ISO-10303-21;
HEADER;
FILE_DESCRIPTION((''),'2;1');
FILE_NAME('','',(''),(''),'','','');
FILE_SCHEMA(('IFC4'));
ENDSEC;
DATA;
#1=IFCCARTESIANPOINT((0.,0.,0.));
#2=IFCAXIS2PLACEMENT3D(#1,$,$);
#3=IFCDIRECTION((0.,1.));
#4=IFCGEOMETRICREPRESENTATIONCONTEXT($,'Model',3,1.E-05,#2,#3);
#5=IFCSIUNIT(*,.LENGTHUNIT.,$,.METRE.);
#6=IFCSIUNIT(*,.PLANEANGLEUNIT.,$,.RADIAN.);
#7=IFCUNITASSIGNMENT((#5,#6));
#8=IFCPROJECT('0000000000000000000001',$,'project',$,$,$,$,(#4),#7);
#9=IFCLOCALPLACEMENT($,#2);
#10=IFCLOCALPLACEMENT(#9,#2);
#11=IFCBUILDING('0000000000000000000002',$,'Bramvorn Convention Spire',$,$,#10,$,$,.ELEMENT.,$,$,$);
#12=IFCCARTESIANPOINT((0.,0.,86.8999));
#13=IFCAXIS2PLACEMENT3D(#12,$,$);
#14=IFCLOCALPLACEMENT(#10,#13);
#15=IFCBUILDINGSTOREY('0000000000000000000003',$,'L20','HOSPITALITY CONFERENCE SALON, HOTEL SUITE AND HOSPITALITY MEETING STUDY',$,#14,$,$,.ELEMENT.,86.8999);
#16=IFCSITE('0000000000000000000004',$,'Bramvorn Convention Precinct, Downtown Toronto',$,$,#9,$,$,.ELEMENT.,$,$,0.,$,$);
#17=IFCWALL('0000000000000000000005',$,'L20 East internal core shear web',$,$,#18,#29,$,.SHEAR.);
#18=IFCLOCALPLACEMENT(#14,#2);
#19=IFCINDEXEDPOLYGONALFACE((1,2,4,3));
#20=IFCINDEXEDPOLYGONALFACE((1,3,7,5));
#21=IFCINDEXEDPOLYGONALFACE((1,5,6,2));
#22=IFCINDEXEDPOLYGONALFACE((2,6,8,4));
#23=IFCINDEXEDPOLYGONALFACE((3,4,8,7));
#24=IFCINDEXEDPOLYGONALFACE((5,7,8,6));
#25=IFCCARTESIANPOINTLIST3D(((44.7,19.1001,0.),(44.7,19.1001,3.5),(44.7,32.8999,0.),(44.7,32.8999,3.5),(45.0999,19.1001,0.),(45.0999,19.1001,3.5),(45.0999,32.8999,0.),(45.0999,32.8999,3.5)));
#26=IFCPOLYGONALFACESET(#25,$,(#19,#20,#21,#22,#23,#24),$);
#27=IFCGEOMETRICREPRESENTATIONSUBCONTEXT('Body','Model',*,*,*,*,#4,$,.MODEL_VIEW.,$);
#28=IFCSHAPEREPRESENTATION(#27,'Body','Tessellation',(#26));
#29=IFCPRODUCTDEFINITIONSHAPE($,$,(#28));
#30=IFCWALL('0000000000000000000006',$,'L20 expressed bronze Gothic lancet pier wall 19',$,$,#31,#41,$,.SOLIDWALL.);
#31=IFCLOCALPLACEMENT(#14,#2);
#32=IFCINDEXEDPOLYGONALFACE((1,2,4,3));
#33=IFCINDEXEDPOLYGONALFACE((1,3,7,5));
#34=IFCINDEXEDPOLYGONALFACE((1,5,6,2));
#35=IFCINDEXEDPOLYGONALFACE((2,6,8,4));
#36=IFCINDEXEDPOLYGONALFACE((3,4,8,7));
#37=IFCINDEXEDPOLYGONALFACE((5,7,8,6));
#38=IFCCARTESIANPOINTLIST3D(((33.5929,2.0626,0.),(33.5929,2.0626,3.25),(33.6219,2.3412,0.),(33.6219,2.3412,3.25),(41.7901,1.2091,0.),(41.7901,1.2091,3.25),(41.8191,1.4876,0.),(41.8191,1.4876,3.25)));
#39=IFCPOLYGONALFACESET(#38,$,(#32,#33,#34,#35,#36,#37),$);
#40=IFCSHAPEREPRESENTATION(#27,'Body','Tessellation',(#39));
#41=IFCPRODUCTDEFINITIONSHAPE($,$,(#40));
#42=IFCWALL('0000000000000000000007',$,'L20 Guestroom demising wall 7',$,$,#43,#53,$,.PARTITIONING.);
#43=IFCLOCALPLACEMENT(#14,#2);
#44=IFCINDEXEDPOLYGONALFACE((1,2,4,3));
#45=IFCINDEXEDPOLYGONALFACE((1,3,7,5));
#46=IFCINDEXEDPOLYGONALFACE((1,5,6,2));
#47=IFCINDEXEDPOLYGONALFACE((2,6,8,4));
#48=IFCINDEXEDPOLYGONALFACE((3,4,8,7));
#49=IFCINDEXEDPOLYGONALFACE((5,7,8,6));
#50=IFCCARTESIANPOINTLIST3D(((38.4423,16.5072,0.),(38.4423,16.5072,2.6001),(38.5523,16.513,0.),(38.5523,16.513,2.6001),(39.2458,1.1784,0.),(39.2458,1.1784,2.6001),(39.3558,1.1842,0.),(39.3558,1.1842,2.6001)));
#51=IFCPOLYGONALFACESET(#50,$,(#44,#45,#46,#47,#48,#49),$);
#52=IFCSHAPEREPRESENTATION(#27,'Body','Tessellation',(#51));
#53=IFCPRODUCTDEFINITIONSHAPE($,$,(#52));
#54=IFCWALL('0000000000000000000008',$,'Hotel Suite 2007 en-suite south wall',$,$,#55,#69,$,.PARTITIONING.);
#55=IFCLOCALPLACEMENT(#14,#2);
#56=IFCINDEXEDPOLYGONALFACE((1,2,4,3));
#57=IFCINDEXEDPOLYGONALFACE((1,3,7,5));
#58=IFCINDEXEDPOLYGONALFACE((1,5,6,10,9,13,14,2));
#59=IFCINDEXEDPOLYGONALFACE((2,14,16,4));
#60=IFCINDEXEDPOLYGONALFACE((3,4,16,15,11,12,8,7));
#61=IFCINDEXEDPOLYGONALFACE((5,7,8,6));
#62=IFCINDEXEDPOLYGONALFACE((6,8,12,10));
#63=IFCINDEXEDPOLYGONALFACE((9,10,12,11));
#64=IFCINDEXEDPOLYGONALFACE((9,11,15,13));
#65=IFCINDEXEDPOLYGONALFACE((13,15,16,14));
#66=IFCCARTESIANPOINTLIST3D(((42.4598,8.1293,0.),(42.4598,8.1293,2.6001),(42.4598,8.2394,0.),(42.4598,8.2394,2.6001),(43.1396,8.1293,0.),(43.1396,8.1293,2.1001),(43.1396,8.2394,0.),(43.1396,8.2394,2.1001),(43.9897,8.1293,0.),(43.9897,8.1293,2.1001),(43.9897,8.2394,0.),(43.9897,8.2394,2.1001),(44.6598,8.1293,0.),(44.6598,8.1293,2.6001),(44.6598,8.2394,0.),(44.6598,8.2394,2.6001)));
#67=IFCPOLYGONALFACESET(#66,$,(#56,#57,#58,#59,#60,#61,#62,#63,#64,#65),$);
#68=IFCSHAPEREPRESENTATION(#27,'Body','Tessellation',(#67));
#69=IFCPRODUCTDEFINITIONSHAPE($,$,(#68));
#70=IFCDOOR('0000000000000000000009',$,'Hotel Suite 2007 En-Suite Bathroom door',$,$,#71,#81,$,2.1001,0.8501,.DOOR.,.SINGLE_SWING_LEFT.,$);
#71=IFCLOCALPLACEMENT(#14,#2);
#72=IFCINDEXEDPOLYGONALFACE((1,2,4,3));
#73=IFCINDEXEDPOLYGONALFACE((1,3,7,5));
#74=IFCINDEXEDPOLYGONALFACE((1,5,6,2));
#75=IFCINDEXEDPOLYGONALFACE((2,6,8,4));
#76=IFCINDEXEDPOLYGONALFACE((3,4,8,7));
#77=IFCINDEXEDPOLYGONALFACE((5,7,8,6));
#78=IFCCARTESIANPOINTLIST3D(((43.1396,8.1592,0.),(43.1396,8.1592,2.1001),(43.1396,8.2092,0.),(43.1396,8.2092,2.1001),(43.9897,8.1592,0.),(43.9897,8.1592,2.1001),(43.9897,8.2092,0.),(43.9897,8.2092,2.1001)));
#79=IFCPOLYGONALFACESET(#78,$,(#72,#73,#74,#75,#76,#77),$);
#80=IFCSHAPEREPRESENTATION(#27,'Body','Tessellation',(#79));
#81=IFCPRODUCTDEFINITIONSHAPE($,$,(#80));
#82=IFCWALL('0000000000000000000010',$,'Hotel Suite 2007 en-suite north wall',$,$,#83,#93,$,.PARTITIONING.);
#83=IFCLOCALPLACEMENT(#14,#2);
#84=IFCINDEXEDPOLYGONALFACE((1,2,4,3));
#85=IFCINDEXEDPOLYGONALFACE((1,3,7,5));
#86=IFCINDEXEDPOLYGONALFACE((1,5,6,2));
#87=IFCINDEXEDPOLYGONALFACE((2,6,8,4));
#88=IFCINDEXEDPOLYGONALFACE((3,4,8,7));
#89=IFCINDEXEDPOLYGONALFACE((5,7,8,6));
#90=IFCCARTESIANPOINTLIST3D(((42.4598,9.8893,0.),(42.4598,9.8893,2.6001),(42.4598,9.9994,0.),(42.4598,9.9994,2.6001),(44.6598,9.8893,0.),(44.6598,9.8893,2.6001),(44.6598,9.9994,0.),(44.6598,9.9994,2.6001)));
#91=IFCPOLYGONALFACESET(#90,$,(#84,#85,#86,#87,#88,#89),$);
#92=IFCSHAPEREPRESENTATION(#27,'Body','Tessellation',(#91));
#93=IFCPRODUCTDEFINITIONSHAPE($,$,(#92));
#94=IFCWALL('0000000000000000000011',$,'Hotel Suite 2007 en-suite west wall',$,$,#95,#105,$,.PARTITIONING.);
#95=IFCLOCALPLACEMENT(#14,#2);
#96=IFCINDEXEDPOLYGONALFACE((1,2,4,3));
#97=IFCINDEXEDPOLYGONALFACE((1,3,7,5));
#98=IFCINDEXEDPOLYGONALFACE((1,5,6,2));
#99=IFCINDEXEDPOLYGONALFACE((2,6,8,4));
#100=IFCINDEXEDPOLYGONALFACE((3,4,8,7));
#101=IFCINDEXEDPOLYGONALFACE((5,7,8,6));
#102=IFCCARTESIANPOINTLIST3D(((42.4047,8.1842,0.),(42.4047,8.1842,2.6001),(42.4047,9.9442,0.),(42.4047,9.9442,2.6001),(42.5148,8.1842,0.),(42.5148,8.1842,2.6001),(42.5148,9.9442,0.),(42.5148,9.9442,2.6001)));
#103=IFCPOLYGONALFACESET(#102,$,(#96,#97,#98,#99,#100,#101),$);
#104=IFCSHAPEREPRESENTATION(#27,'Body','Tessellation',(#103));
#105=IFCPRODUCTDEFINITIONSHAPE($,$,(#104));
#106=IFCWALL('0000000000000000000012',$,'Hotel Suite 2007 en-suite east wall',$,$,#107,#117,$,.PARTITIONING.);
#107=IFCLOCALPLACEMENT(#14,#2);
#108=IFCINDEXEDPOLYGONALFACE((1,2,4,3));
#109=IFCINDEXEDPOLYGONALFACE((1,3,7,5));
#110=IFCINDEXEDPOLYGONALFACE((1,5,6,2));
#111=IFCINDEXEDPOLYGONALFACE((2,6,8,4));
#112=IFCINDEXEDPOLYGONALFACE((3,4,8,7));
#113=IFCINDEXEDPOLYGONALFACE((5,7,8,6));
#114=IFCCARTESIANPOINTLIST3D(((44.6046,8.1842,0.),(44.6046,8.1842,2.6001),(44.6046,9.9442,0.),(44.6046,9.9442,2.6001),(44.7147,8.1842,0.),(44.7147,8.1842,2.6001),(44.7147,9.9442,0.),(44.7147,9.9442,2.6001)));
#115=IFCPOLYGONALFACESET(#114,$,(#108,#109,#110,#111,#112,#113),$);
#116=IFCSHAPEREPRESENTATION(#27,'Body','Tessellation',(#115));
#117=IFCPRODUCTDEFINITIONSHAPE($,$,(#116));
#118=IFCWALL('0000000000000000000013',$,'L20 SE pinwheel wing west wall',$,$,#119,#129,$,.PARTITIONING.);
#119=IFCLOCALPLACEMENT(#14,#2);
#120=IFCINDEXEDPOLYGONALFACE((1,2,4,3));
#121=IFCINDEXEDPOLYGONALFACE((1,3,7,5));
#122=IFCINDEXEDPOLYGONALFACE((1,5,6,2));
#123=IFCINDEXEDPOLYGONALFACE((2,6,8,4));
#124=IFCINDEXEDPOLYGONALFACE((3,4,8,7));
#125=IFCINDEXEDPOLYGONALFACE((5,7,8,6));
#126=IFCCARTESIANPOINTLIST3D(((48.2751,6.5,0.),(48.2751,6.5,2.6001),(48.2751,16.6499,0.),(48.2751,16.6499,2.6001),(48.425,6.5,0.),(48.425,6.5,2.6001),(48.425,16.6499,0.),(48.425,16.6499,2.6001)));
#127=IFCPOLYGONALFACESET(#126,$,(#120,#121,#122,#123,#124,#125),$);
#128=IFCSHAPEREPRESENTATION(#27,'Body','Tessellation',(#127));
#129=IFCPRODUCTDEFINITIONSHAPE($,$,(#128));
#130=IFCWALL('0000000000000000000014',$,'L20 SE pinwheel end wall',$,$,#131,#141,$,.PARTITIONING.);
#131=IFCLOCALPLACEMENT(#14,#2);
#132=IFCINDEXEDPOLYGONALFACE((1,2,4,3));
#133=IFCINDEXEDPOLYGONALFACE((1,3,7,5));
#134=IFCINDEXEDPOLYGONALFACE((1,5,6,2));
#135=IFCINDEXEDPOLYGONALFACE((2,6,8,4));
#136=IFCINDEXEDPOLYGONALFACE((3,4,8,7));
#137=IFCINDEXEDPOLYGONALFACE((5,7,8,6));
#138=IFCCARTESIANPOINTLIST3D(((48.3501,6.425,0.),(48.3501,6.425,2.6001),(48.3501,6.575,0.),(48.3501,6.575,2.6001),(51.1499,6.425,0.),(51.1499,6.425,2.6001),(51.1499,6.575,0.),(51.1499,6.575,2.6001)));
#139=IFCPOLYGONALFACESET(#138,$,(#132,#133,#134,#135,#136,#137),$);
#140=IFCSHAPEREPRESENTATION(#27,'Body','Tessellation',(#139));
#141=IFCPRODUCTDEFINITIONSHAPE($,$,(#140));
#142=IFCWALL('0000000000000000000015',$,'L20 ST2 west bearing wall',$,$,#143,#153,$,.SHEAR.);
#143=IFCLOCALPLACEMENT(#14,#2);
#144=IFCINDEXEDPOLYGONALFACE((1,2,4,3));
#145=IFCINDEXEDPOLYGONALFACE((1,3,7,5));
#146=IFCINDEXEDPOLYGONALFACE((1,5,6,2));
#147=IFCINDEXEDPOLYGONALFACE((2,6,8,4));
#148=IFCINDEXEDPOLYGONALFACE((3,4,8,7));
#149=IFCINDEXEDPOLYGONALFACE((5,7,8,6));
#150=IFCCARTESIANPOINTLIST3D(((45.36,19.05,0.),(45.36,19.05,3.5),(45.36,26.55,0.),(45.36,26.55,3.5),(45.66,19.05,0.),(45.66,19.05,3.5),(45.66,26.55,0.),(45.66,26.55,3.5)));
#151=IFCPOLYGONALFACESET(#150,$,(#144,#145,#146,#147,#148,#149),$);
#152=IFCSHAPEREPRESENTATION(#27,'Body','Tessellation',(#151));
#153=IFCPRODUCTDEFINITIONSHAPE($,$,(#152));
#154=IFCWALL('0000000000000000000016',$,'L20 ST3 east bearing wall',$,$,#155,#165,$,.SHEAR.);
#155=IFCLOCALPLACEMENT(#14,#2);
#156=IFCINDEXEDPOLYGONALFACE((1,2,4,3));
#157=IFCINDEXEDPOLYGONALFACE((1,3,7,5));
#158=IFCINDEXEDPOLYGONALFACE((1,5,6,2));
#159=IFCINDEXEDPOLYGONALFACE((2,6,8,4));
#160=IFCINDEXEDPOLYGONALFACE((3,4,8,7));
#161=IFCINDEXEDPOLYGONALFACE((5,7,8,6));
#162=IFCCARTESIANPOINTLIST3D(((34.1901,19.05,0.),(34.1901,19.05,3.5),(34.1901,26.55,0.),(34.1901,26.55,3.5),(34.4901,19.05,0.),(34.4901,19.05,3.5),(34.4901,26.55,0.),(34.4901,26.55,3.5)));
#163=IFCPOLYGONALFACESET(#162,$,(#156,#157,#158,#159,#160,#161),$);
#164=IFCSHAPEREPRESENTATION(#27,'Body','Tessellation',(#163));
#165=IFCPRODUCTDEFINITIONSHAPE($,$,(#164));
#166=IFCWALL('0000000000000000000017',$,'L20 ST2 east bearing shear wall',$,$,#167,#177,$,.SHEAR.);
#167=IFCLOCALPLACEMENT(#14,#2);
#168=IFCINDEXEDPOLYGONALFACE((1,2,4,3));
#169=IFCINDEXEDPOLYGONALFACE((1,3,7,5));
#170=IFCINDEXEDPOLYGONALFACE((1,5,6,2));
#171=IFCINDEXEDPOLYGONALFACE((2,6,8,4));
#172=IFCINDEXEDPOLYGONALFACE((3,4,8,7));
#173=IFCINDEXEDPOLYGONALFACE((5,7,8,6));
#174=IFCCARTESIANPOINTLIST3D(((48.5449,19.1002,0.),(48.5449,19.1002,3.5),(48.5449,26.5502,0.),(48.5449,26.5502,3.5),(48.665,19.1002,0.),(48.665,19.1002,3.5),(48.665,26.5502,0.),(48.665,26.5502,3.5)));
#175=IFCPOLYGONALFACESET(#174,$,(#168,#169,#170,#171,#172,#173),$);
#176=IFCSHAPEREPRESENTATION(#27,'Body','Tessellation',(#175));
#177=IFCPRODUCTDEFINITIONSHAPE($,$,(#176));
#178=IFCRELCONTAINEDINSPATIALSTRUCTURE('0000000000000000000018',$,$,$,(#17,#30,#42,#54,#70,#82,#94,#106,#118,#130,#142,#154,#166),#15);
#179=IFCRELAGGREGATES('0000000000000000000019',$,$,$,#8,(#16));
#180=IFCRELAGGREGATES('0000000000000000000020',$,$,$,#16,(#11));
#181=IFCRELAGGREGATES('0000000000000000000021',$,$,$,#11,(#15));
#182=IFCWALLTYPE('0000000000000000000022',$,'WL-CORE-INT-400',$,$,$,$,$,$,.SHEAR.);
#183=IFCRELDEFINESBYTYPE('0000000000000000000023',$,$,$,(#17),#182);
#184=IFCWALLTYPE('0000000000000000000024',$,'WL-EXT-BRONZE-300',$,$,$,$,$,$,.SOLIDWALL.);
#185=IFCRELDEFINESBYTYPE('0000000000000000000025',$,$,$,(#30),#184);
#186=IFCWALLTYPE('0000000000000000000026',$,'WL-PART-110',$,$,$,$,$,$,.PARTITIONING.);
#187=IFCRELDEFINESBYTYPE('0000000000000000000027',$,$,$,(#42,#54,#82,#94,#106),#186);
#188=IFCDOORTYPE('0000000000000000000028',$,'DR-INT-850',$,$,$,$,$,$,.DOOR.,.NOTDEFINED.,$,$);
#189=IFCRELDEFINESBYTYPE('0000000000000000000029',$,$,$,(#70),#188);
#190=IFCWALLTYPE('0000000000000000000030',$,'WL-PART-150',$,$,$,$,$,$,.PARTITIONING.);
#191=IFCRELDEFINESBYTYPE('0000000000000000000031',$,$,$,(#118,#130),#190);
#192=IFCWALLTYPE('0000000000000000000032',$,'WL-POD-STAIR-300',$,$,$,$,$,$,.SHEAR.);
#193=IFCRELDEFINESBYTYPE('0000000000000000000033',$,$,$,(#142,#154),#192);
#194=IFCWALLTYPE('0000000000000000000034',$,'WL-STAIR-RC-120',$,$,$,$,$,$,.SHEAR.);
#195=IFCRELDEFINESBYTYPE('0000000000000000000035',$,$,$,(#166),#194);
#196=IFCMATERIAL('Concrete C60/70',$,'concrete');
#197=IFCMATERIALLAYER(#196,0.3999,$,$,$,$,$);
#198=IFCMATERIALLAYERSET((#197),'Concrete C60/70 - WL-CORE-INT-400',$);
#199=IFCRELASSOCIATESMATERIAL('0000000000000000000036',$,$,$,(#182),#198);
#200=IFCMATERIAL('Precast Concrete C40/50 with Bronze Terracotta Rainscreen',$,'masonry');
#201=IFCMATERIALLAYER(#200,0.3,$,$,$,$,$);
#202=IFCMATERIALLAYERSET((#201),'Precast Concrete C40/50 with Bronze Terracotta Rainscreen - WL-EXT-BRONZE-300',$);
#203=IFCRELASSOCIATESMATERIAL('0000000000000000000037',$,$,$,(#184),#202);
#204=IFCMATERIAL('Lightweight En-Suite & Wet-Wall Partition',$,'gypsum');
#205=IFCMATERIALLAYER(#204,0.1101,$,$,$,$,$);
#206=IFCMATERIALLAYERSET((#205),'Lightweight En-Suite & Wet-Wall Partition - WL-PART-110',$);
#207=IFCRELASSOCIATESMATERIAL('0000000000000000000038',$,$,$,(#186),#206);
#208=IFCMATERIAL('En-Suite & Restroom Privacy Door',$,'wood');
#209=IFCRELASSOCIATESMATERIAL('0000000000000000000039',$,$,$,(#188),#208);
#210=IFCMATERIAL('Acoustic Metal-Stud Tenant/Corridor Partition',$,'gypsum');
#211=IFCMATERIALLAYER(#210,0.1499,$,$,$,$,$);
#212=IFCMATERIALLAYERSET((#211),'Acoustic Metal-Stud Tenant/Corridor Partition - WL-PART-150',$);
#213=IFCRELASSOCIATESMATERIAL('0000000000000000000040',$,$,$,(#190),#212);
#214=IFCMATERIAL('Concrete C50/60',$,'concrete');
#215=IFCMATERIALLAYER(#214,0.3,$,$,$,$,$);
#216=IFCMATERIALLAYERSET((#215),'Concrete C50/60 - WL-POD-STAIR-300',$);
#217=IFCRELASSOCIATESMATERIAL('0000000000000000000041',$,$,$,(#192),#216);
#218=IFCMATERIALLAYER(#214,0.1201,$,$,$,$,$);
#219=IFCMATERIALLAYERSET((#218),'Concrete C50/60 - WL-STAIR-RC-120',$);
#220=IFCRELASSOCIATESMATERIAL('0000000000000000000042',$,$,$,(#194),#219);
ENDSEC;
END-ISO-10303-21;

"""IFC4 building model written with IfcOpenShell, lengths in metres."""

from ifc_helpers import new_model, si_unit, direction, frame, frame_2d, origin, place, context, subcontext, project, spatial, rectangle, extrude, material, layer, layer_set, type_object, element, fill, save


model = new_model("IFC4")

# Units and contexts
model_context = context("Model", 3, precision=1e-05, world=origin(), true_north=direction((0.0, 1.0)))
body_context = subcontext(model_context, "Body", "Model", "MODEL_VIEW")
ifc_project = project(units=[si_unit("LENGTHUNIT", "METRE"), si_unit("PLANEANGLEUNIT", "RADIAN")], contexts=[model_context])

# Site, building, storey
site_placement = place(None, origin())
site = spatial("IfcSite", under=ifc_project, at=site_placement, Name="Bramvorn Convention Precinct, Downtown Toronto", CompositionType="ELEMENT", RefElevation=0.0)
building_placement = place(site_placement, origin())
building = spatial("IfcBuilding", under=site, at=building_placement, Name="Bramvorn Convention Spire", CompositionType="ELEMENT")
storey_placement = place(building_placement, frame((0.0, 0.0, 86.8999)))
storey = spatial("IfcBuildingStorey", under=building, at=storey_placement, Name="L20", Description="HOSPITALITY CONFERENCE SALON, HOTEL SUITE AND HOSPITALITY MEETING STUDY", CompositionType="ELEMENT", Elevation=86.8999)

# Shared definitions
ifc_material_1 = material(Name="Concrete C60/70", Category="concrete")

# Walls
ifc_material_2 = material(Name="Concrete C50/60", Category="concrete")
ifc_layer_1 = layer(ifc_material_1, 0.3999)
ifc_layer_set_1 = layer_set([ifc_layer_1], Name="Concrete C60/70 - WL-CORE-INT-400")
wall_type_1 = type_object("IfcWallType", Name="WL-CORE-INT-400", PredefinedType="SHEAR", material=ifc_layer_set_1)
wall_1_placement = place(storey_placement, frame((44.8999, 19.1001, 0.0), z_axis=(0.0, 0.0, 1.0), x_axis=(0.0, 1.0, 0.0)))
element("IfcWall", 1, at=wall_1_placement, inside=storey, type_object=wall_type_1, Name="L20 East internal core shear web", PredefinedType="SHEAR", context=body_context, shape_type="SweptSolid", body=[
    extrude(rectangle(XDim=13.7998, YDim=0.3999, at=frame_2d((6.8999, 0.0))), origin(), (0.0, 0.0, 1.0), 3.5),
])
ifc_material_3 = material(Name="Precast Concrete C40/50 with Bronze Terracotta Rainscreen", Category="masonry")
ifc_layer_2 = layer(ifc_material_3, 0.3)
ifc_layer_set_2 = layer_set([ifc_layer_2], Name="Precast Concrete C40/50 with Bronze Terracotta Rainscreen - WL-EXT-BRONZE-300")
wall_type_2 = type_object("IfcWallType", Name="WL-EXT-BRONZE-300", PredefinedType="SOLIDWALL", material=ifc_layer_set_2)
wall_2_placement = place(storey_placement, frame((41.8044, 1.3484, 0.0), z_axis=(0.0, 0.0, 1.0), x_axis=(-0.994623, 0.103565, 0.0)))
element("IfcWall", 2, at=wall_2_placement, inside=storey, type_object=wall_type_2, Name="L20 expressed bronze Gothic lancet pier wall 19", PredefinedType="SOLIDWALL", context=body_context, shape_type="SweptSolid", body=[
    extrude(rectangle(XDim=8.2415, YDim=0.28, at=frame_2d((4.1206, 0.0))), origin(), (0.0, 0.0, 1.0), 3.25),
])
ifc_material_4 = material(Name="Lightweight En-Suite & Wet-Wall Partition", Category="gypsum")
ifc_layer_3 = layer(ifc_material_4, 0.1101)
ifc_layer_set_3 = layer_set([ifc_layer_3], Name="Lightweight En-Suite & Wet-Wall Partition - WL-PART-110")
wall_type_3 = type_object("IfcWallType", Name="WL-PART-110", PredefinedType="PARTITIONING", material=ifc_layer_set_3)
wall_3_placement = place(storey_placement, frame((38.4973, 16.51, 0.0), z_axis=(0.0, 0.0, 1.0), x_axis=(0.052343, -0.998629, 0.0)))
element("IfcWall", 3, at=wall_3_placement, inside=storey, type_object=wall_type_3, Name="L20 Guestroom demising wall 7", PredefinedType="PARTITIONING", context=body_context, shape_type="SweptSolid", body=[
    extrude(rectangle(XDim=15.3499, YDim=0.1101, at=frame_2d((7.6748, 0.0))), origin(), (0.0, 0.0, 1.0), 2.6001),
])

# Wall, opening, door
wall_4_placement = place(storey_placement, frame((42.4597, 8.1843, 0.0), z_axis=(0.0, 0.0, 1.0), x_axis=(1.0, 0.0, 0.0)))
wall_4 = element("IfcWall", 4, at=wall_4_placement, inside=storey, type_object=wall_type_3, Name="Hotel Suite 2007 en-suite south wall", PredefinedType="PARTITIONING", context=body_context, shape_type="SweptSolid", body=[
    extrude(rectangle(XDim=2.2, YDim=0.1101, at=frame_2d((1.1001, 0.0))), origin(), (0.0, 0.0, 1.0), 2.6001),
])
opening_1_placement = place(wall_4_placement, frame((0.6799, 0.0, 0.0)))
opening_1 = element("IfcOpeningElement", 5, at=opening_1_placement, cuts=wall_4, PredefinedType="OPENING", context=body_context, shape_type="SweptSolid", body=[
    extrude(rectangle(XDim=0.8501, YDim=2.1001, at=frame_2d((0.425, 1.05))), frame((0.0, 0.0649, 0.0), z_axis=(0.0, -1.0, 0.0), x_axis=(1.0, 0.0, 0.0)), (0.0, 0.0, 1.0), 0.1301),
])
ifc_material_5 = material(Name="En-Suite & Restroom Privacy Door", Category="wood")
door_type_1 = type_object("IfcDoorType", Name="DR-INT-850", OperationType="NOTDEFINED", PredefinedType="DOOR", material=ifc_material_5)
door_1_placement = place(opening_1_placement, origin())
door_1 = element("IfcDoor", 6, at=door_1_placement, inside=storey, type_object=door_type_1, Name="Hotel Suite 2007 En-Suite Bathroom door", OperationType="SINGLE_SWING_LEFT", OverallHeight=2.1001, OverallWidth=0.8501, PredefinedType="DOOR", context=body_context, shape_type="SweptSolid", body=[
    extrude(rectangle(XDim=0.8501, YDim=2.1001, at=frame_2d((0.425, 1.05))), frame((0.0, 0.0249, 0.0), z_axis=(0.0, -1.0, 0.0), x_axis=(1.0, 0.0, 0.0)), (0.0, 0.0, 1.0), 0.05),
])
fill(opening_1, door_1)

# Walls
wall_5_placement = place(storey_placement, frame((42.4597, 9.9443, 0.0), z_axis=(0.0, 0.0, 1.0), x_axis=(1.0, 0.0, 0.0)))
element("IfcWall", 7, at=wall_5_placement, inside=storey, type_object=wall_type_3, Name="Hotel Suite 2007 en-suite north wall", PredefinedType="PARTITIONING", context=body_context, shape_type="SweptSolid", body=[
    extrude(rectangle(XDim=2.2, YDim=0.1101, at=frame_2d((1.1001, 0.0))), origin(), (0.0, 0.0, 1.0), 2.6001),
])
for number, where, z_axis, x_axis, name in (
    (8, (42.4597, 8.1843, 0.0), (0.0, 0.0, 1.0), (0.0, 1.0, 0.0), "Hotel Suite 2007 en-suite west wall"),
    (9, (44.6597, 8.1843, 0.0), (0.0, 0.0, 1.0), (0.0, 1.0, 0.0), "Hotel Suite 2007 en-suite east wall"),
):
    element("IfcWall", number, at=place(storey_placement, frame(where, z_axis=z_axis, x_axis=x_axis)), inside=storey, type_object=wall_type_3, Name=name, PredefinedType="PARTITIONING", context=body_context, shape_type="SweptSolid", body=[
        extrude(rectangle(XDim=1.76, YDim=0.1101, at=frame_2d((0.8799, 0.0))), origin(), (0.0, 0.0, 1.0), 2.6001),
    ])
ifc_material_6 = material(Name="Acoustic Metal-Stud Tenant/Corridor Partition", Category="gypsum")
ifc_layer_4 = layer(ifc_material_6, 0.1499)
ifc_layer_set_4 = layer_set([ifc_layer_4], Name="Acoustic Metal-Stud Tenant/Corridor Partition - WL-PART-150")
wall_type_4 = type_object("IfcWallType", Name="WL-PART-150", PredefinedType="PARTITIONING", material=ifc_layer_set_4)
wall_6_placement = place(storey_placement, frame((48.3501, 6.5, 0.0), z_axis=(0.0, 0.0, 1.0), x_axis=(0.0, 1.0, 0.0)))
element("IfcWall", 10, at=wall_6_placement, inside=storey, type_object=wall_type_4, Name="L20 SE pinwheel wing west wall", PredefinedType="PARTITIONING", context=body_context, shape_type="SweptSolid", body=[
    extrude(rectangle(XDim=10.1499, YDim=0.1499, at=frame_2d((5.075, 0.0))), origin(), (0.0, 0.0, 1.0), 2.6001),
])
wall_7_placement = place(storey_placement, frame((48.3501, 6.5, 0.0), z_axis=(0.0, 0.0, 1.0), x_axis=(1.0, 0.0, 0.0)))
element("IfcWall", 11, at=wall_7_placement, inside=storey, type_object=wall_type_4, Name="L20 SE pinwheel end wall", PredefinedType="PARTITIONING", context=body_context, shape_type="SweptSolid", body=[
    extrude(rectangle(XDim=2.7998, YDim=0.1499, at=frame_2d((1.3999, 0.0))), origin(), (0.0, 0.0, 1.0), 2.6001),
])
ifc_layer_5 = layer(ifc_material_2, 0.3)
ifc_layer_set_5 = layer_set([ifc_layer_5], Name="Concrete C50/60 - WL-POD-STAIR-300")
wall_type_5 = type_object("IfcWallType", Name="WL-POD-STAIR-300", PredefinedType="SHEAR", material=ifc_layer_set_5)
for number, where, z_axis, x_axis, name in (
    (12, (45.51, 19.05, 0.0), (0.0, 0.0, 1.0), (0.0, 1.0, 0.0), "L20 ST2 west bearing wall"),
    (13, (34.3401, 19.05, 0.0), (0.0, 0.0, 1.0), (0.0, 1.0, 0.0), "L20 ST3 east bearing wall"),
):
    element("IfcWall", number, at=place(storey_placement, frame(where, z_axis=z_axis, x_axis=x_axis)), inside=storey, type_object=wall_type_5, Name=name, PredefinedType="SHEAR", context=body_context, shape_type="SweptSolid", body=[
        extrude(rectangle(XDim=7.5, YDim=0.3, at=frame_2d((3.75, 0.0))), origin(), (0.0, 0.0, 1.0), 3.5),
    ])
ifc_layer_6 = layer(ifc_material_2, 0.1201)
ifc_layer_set_6 = layer_set([ifc_layer_6], Name="Concrete C50/60 - WL-STAIR-RC-120")
wall_type_6 = type_object("IfcWallType", Name="WL-STAIR-RC-120", PredefinedType="SHEAR", material=ifc_layer_set_6)
wall_8_placement = place(storey_placement, frame((48.605, 19.1001, 0.0), z_axis=(0.0, 0.0, 1.0), x_axis=(0.0, 1.0, 0.0)))
element("IfcWall", 14, at=wall_8_placement, inside=storey, type_object=wall_type_6, Name="L20 ST2 east bearing shear wall", PredefinedType="SHEAR", context=body_context, shape_type="SweptSolid", body=[
    extrude(rectangle(XDim=7.45, YDim=0.1201, at=frame_2d((3.7251, 0.0))), origin(), (0.0, 0.0, 1.0), 3.5),
])

save(model, "model.ifc")
